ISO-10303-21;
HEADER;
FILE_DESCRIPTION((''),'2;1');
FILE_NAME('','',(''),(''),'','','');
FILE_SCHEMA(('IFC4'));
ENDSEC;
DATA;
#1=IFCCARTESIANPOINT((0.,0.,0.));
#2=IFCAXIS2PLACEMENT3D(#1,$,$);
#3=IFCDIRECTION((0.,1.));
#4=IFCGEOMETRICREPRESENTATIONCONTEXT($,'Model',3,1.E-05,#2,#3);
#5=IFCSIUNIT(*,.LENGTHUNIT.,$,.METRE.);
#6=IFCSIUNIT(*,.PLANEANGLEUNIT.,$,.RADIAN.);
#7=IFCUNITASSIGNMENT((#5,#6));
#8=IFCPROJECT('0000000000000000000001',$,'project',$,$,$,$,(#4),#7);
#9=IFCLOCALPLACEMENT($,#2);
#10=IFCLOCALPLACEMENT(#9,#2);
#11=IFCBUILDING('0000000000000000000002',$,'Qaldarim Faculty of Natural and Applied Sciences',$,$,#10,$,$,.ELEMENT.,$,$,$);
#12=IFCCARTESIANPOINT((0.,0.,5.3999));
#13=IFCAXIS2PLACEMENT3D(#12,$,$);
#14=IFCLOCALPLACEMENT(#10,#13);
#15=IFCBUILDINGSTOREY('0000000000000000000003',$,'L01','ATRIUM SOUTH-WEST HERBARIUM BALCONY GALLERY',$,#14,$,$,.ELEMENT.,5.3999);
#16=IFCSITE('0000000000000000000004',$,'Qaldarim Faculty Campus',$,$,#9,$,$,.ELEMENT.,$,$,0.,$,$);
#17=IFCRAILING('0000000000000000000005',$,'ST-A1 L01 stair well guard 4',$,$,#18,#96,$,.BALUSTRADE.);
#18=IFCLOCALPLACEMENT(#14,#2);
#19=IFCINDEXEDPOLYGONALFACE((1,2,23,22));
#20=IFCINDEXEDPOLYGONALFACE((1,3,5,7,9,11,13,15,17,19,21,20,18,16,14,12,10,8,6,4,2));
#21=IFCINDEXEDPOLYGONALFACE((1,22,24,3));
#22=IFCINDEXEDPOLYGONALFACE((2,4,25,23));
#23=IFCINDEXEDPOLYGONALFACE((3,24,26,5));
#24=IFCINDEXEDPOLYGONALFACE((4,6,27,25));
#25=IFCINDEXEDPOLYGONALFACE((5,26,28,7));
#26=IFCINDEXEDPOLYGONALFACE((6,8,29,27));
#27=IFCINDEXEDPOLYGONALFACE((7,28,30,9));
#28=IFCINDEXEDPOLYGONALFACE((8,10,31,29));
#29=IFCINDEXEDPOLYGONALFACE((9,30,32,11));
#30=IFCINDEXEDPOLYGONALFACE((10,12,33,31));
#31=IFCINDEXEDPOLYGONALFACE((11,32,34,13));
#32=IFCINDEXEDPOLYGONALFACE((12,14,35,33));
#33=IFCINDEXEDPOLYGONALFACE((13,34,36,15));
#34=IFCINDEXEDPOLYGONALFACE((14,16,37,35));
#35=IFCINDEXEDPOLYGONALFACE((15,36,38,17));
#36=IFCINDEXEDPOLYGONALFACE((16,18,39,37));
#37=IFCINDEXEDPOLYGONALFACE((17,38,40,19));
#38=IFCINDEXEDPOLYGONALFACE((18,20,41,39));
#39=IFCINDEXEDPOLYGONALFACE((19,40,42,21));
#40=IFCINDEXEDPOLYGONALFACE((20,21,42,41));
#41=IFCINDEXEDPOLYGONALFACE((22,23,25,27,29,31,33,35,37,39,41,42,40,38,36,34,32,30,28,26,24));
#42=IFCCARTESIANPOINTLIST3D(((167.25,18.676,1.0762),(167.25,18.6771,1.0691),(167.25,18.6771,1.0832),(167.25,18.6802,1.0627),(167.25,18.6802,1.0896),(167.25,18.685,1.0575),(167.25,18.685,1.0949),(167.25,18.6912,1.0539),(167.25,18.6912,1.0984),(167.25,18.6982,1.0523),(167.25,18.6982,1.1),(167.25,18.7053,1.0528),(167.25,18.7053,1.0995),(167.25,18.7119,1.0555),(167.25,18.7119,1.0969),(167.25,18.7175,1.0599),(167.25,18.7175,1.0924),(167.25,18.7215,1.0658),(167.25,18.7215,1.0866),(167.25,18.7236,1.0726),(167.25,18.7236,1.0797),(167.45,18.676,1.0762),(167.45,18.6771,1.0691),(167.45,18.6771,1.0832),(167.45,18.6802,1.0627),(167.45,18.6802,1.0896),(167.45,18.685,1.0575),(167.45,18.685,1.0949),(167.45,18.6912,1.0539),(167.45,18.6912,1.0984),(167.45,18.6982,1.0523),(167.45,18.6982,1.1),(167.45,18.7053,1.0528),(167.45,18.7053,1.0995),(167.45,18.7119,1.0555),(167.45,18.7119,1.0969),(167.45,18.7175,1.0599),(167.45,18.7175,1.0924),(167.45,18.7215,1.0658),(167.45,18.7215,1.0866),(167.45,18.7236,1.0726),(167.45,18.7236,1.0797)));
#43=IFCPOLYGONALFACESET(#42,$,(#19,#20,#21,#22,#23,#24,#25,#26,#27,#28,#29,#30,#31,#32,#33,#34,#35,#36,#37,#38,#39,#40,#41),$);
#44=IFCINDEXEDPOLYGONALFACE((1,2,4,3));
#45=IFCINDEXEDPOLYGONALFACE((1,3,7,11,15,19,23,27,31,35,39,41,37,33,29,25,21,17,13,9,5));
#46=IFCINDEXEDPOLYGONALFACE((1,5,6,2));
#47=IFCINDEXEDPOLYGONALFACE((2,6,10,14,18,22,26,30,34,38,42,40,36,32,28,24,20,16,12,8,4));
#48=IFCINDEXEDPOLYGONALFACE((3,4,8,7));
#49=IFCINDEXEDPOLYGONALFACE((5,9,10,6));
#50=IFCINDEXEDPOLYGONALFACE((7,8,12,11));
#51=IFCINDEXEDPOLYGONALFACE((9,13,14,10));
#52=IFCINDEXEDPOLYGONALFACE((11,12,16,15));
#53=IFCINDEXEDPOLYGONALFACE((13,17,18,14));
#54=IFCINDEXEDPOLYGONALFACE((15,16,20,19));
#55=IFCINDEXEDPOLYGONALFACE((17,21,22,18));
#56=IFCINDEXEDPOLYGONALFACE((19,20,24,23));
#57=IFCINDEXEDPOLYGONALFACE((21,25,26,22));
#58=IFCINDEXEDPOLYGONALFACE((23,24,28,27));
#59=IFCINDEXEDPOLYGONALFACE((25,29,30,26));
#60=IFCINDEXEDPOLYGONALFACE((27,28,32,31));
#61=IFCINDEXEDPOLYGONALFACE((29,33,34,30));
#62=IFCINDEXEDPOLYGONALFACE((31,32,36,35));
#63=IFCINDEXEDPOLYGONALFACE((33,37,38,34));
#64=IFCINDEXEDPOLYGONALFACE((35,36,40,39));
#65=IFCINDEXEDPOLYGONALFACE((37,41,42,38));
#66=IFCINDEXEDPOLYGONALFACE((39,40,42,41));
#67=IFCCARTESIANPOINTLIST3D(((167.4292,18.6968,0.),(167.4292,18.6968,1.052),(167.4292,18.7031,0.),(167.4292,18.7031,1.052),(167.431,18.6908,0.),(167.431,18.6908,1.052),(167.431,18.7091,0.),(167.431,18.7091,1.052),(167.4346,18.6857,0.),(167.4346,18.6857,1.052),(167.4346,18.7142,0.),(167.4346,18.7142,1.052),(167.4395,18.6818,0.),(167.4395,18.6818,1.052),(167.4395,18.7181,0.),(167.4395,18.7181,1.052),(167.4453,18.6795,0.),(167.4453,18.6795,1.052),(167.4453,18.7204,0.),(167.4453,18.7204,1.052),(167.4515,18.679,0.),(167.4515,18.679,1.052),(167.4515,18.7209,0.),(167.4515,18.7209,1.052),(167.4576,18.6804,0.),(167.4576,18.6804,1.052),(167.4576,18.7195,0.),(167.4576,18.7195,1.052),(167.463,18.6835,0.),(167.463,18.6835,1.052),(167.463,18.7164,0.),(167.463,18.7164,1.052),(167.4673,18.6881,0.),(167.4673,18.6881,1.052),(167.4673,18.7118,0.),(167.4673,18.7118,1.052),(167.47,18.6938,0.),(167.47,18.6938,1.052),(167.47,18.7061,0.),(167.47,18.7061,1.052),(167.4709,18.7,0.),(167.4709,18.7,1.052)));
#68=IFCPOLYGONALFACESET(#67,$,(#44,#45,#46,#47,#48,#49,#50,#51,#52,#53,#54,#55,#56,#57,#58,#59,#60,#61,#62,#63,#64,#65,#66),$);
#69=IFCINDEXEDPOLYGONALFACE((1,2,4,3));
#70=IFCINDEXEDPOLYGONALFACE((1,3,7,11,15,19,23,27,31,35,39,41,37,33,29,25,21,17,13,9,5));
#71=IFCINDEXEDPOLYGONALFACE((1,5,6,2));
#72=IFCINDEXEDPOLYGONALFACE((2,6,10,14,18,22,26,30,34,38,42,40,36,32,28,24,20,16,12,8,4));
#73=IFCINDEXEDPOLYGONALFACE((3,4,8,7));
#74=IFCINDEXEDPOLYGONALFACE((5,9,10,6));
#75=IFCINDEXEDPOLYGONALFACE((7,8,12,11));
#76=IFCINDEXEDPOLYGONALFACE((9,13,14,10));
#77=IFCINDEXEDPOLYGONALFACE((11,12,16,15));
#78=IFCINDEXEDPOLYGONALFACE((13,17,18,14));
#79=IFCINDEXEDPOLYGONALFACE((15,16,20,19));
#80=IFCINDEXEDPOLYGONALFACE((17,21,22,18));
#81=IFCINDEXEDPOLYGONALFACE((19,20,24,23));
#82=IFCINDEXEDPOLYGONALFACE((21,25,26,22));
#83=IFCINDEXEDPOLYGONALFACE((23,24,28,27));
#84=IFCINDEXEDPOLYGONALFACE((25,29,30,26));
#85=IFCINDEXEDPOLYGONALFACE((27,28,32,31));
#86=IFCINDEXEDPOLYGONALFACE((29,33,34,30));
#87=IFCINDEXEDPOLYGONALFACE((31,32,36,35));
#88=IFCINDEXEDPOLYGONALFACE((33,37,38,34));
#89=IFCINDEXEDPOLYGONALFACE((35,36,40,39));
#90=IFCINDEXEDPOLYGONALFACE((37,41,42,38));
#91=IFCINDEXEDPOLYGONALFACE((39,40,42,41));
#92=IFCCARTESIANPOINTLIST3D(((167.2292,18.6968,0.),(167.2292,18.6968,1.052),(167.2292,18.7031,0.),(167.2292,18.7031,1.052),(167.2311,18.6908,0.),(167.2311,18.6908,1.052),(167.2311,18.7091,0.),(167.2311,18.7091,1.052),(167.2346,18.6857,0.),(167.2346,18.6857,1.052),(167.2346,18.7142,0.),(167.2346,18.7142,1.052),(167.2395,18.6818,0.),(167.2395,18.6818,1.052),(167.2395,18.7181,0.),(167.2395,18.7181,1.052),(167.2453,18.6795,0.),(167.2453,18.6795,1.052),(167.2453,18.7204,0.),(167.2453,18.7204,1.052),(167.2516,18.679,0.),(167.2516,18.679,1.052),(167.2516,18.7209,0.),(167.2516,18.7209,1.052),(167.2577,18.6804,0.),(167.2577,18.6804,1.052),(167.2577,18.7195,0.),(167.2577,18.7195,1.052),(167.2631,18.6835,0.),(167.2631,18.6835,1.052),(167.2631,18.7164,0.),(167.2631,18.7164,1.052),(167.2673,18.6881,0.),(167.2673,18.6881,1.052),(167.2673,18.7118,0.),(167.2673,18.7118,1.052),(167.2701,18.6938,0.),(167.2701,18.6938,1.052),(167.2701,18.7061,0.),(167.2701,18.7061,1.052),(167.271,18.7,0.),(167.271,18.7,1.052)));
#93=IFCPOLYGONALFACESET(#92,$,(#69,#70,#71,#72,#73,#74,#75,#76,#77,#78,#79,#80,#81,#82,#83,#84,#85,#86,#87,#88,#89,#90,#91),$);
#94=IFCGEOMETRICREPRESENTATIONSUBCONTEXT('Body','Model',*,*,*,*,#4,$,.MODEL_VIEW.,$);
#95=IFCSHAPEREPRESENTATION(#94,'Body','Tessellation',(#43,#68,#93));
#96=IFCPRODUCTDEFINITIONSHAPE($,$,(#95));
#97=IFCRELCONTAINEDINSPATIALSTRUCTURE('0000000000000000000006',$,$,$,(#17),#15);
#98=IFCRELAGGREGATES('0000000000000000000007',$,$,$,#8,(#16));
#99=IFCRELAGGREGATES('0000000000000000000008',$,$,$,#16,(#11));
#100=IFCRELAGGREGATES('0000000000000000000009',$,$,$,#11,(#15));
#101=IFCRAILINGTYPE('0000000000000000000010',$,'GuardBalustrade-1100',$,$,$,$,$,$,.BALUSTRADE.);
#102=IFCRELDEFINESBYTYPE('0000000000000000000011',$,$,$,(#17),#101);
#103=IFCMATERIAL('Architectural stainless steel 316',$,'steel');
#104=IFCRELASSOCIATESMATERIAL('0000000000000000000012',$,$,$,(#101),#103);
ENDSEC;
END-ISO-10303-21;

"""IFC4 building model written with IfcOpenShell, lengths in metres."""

from ifc_helpers import new_model, si_unit, direction, frame, origin, origin_2d, place, context, subcontext, project, spatial, circle, extrude, material, type_object, element, save


model = new_model("IFC4")

# Units and contexts
model_context = context("Model", 3, precision=1e-05, world=origin(), true_north=direction((0.0, 1.0)))
body_context = subcontext(model_context, "Body", "Model", "MODEL_VIEW")
ifc_project = project(units=[si_unit("LENGTHUNIT", "METRE"), si_unit("PLANEANGLEUNIT", "RADIAN")], contexts=[model_context])

# Site, building, storey
site_placement = place(None, origin())
site = spatial("IfcSite", under=ifc_project, at=site_placement, Name="Qaldarim Faculty Campus", CompositionType="ELEMENT", RefElevation=0.0)
building_placement = place(site_placement, origin())
building = spatial("IfcBuilding", under=site, at=building_placement, Name="Qaldarim Faculty of Natural and Applied Sciences", CompositionType="ELEMENT")
storey_placement = place(building_placement, frame((0.0, 0.0, 5.3999)))
storey = spatial("IfcBuildingStorey", under=building, at=storey_placement, Name="L01", Description="ATRIUM SOUTH-WEST HERBARIUM BALCONY GALLERY", CompositionType="ELEMENT", Elevation=5.3999)

# Railing
ifc_material_1 = material(Name="Architectural stainless steel 316", Category="steel")
railing_type_1 = type_object("IfcRailingType", Name="GuardBalustrade-1100", PredefinedType="BALUSTRADE", material=ifc_material_1)
railing_1_placement = place(storey_placement, frame((167.45, 18.7, 0.0)))
element("IfcRailing", 1, at=railing_1_placement, inside=storey, type_object=railing_type_1, Name="ST-A1 L01 stair well guard 4", PredefinedType="BALUSTRADE", context=body_context, shape_type="SweptSolid", body=[
    extrude(circle(Radius=0.0239, at=origin_2d()), frame((0.0, 0.0, 1.0762), z_axis=(-1.0, 0.0, 0.0), x_axis=(0.0, -1.0, 0.0)), (0.0, 0.0, 1.0), 0.2),
    extrude(circle(Radius=0.021, at=origin_2d()), origin(), (0.0, 0.0, 1.0), 1.052),
    extrude(circle(Radius=0.021, at=origin_2d()), frame((-0.2, 0.0, 0.0)), (0.0, 0.0, 1.0), 1.052),
])

save(model, "model.ifc")
